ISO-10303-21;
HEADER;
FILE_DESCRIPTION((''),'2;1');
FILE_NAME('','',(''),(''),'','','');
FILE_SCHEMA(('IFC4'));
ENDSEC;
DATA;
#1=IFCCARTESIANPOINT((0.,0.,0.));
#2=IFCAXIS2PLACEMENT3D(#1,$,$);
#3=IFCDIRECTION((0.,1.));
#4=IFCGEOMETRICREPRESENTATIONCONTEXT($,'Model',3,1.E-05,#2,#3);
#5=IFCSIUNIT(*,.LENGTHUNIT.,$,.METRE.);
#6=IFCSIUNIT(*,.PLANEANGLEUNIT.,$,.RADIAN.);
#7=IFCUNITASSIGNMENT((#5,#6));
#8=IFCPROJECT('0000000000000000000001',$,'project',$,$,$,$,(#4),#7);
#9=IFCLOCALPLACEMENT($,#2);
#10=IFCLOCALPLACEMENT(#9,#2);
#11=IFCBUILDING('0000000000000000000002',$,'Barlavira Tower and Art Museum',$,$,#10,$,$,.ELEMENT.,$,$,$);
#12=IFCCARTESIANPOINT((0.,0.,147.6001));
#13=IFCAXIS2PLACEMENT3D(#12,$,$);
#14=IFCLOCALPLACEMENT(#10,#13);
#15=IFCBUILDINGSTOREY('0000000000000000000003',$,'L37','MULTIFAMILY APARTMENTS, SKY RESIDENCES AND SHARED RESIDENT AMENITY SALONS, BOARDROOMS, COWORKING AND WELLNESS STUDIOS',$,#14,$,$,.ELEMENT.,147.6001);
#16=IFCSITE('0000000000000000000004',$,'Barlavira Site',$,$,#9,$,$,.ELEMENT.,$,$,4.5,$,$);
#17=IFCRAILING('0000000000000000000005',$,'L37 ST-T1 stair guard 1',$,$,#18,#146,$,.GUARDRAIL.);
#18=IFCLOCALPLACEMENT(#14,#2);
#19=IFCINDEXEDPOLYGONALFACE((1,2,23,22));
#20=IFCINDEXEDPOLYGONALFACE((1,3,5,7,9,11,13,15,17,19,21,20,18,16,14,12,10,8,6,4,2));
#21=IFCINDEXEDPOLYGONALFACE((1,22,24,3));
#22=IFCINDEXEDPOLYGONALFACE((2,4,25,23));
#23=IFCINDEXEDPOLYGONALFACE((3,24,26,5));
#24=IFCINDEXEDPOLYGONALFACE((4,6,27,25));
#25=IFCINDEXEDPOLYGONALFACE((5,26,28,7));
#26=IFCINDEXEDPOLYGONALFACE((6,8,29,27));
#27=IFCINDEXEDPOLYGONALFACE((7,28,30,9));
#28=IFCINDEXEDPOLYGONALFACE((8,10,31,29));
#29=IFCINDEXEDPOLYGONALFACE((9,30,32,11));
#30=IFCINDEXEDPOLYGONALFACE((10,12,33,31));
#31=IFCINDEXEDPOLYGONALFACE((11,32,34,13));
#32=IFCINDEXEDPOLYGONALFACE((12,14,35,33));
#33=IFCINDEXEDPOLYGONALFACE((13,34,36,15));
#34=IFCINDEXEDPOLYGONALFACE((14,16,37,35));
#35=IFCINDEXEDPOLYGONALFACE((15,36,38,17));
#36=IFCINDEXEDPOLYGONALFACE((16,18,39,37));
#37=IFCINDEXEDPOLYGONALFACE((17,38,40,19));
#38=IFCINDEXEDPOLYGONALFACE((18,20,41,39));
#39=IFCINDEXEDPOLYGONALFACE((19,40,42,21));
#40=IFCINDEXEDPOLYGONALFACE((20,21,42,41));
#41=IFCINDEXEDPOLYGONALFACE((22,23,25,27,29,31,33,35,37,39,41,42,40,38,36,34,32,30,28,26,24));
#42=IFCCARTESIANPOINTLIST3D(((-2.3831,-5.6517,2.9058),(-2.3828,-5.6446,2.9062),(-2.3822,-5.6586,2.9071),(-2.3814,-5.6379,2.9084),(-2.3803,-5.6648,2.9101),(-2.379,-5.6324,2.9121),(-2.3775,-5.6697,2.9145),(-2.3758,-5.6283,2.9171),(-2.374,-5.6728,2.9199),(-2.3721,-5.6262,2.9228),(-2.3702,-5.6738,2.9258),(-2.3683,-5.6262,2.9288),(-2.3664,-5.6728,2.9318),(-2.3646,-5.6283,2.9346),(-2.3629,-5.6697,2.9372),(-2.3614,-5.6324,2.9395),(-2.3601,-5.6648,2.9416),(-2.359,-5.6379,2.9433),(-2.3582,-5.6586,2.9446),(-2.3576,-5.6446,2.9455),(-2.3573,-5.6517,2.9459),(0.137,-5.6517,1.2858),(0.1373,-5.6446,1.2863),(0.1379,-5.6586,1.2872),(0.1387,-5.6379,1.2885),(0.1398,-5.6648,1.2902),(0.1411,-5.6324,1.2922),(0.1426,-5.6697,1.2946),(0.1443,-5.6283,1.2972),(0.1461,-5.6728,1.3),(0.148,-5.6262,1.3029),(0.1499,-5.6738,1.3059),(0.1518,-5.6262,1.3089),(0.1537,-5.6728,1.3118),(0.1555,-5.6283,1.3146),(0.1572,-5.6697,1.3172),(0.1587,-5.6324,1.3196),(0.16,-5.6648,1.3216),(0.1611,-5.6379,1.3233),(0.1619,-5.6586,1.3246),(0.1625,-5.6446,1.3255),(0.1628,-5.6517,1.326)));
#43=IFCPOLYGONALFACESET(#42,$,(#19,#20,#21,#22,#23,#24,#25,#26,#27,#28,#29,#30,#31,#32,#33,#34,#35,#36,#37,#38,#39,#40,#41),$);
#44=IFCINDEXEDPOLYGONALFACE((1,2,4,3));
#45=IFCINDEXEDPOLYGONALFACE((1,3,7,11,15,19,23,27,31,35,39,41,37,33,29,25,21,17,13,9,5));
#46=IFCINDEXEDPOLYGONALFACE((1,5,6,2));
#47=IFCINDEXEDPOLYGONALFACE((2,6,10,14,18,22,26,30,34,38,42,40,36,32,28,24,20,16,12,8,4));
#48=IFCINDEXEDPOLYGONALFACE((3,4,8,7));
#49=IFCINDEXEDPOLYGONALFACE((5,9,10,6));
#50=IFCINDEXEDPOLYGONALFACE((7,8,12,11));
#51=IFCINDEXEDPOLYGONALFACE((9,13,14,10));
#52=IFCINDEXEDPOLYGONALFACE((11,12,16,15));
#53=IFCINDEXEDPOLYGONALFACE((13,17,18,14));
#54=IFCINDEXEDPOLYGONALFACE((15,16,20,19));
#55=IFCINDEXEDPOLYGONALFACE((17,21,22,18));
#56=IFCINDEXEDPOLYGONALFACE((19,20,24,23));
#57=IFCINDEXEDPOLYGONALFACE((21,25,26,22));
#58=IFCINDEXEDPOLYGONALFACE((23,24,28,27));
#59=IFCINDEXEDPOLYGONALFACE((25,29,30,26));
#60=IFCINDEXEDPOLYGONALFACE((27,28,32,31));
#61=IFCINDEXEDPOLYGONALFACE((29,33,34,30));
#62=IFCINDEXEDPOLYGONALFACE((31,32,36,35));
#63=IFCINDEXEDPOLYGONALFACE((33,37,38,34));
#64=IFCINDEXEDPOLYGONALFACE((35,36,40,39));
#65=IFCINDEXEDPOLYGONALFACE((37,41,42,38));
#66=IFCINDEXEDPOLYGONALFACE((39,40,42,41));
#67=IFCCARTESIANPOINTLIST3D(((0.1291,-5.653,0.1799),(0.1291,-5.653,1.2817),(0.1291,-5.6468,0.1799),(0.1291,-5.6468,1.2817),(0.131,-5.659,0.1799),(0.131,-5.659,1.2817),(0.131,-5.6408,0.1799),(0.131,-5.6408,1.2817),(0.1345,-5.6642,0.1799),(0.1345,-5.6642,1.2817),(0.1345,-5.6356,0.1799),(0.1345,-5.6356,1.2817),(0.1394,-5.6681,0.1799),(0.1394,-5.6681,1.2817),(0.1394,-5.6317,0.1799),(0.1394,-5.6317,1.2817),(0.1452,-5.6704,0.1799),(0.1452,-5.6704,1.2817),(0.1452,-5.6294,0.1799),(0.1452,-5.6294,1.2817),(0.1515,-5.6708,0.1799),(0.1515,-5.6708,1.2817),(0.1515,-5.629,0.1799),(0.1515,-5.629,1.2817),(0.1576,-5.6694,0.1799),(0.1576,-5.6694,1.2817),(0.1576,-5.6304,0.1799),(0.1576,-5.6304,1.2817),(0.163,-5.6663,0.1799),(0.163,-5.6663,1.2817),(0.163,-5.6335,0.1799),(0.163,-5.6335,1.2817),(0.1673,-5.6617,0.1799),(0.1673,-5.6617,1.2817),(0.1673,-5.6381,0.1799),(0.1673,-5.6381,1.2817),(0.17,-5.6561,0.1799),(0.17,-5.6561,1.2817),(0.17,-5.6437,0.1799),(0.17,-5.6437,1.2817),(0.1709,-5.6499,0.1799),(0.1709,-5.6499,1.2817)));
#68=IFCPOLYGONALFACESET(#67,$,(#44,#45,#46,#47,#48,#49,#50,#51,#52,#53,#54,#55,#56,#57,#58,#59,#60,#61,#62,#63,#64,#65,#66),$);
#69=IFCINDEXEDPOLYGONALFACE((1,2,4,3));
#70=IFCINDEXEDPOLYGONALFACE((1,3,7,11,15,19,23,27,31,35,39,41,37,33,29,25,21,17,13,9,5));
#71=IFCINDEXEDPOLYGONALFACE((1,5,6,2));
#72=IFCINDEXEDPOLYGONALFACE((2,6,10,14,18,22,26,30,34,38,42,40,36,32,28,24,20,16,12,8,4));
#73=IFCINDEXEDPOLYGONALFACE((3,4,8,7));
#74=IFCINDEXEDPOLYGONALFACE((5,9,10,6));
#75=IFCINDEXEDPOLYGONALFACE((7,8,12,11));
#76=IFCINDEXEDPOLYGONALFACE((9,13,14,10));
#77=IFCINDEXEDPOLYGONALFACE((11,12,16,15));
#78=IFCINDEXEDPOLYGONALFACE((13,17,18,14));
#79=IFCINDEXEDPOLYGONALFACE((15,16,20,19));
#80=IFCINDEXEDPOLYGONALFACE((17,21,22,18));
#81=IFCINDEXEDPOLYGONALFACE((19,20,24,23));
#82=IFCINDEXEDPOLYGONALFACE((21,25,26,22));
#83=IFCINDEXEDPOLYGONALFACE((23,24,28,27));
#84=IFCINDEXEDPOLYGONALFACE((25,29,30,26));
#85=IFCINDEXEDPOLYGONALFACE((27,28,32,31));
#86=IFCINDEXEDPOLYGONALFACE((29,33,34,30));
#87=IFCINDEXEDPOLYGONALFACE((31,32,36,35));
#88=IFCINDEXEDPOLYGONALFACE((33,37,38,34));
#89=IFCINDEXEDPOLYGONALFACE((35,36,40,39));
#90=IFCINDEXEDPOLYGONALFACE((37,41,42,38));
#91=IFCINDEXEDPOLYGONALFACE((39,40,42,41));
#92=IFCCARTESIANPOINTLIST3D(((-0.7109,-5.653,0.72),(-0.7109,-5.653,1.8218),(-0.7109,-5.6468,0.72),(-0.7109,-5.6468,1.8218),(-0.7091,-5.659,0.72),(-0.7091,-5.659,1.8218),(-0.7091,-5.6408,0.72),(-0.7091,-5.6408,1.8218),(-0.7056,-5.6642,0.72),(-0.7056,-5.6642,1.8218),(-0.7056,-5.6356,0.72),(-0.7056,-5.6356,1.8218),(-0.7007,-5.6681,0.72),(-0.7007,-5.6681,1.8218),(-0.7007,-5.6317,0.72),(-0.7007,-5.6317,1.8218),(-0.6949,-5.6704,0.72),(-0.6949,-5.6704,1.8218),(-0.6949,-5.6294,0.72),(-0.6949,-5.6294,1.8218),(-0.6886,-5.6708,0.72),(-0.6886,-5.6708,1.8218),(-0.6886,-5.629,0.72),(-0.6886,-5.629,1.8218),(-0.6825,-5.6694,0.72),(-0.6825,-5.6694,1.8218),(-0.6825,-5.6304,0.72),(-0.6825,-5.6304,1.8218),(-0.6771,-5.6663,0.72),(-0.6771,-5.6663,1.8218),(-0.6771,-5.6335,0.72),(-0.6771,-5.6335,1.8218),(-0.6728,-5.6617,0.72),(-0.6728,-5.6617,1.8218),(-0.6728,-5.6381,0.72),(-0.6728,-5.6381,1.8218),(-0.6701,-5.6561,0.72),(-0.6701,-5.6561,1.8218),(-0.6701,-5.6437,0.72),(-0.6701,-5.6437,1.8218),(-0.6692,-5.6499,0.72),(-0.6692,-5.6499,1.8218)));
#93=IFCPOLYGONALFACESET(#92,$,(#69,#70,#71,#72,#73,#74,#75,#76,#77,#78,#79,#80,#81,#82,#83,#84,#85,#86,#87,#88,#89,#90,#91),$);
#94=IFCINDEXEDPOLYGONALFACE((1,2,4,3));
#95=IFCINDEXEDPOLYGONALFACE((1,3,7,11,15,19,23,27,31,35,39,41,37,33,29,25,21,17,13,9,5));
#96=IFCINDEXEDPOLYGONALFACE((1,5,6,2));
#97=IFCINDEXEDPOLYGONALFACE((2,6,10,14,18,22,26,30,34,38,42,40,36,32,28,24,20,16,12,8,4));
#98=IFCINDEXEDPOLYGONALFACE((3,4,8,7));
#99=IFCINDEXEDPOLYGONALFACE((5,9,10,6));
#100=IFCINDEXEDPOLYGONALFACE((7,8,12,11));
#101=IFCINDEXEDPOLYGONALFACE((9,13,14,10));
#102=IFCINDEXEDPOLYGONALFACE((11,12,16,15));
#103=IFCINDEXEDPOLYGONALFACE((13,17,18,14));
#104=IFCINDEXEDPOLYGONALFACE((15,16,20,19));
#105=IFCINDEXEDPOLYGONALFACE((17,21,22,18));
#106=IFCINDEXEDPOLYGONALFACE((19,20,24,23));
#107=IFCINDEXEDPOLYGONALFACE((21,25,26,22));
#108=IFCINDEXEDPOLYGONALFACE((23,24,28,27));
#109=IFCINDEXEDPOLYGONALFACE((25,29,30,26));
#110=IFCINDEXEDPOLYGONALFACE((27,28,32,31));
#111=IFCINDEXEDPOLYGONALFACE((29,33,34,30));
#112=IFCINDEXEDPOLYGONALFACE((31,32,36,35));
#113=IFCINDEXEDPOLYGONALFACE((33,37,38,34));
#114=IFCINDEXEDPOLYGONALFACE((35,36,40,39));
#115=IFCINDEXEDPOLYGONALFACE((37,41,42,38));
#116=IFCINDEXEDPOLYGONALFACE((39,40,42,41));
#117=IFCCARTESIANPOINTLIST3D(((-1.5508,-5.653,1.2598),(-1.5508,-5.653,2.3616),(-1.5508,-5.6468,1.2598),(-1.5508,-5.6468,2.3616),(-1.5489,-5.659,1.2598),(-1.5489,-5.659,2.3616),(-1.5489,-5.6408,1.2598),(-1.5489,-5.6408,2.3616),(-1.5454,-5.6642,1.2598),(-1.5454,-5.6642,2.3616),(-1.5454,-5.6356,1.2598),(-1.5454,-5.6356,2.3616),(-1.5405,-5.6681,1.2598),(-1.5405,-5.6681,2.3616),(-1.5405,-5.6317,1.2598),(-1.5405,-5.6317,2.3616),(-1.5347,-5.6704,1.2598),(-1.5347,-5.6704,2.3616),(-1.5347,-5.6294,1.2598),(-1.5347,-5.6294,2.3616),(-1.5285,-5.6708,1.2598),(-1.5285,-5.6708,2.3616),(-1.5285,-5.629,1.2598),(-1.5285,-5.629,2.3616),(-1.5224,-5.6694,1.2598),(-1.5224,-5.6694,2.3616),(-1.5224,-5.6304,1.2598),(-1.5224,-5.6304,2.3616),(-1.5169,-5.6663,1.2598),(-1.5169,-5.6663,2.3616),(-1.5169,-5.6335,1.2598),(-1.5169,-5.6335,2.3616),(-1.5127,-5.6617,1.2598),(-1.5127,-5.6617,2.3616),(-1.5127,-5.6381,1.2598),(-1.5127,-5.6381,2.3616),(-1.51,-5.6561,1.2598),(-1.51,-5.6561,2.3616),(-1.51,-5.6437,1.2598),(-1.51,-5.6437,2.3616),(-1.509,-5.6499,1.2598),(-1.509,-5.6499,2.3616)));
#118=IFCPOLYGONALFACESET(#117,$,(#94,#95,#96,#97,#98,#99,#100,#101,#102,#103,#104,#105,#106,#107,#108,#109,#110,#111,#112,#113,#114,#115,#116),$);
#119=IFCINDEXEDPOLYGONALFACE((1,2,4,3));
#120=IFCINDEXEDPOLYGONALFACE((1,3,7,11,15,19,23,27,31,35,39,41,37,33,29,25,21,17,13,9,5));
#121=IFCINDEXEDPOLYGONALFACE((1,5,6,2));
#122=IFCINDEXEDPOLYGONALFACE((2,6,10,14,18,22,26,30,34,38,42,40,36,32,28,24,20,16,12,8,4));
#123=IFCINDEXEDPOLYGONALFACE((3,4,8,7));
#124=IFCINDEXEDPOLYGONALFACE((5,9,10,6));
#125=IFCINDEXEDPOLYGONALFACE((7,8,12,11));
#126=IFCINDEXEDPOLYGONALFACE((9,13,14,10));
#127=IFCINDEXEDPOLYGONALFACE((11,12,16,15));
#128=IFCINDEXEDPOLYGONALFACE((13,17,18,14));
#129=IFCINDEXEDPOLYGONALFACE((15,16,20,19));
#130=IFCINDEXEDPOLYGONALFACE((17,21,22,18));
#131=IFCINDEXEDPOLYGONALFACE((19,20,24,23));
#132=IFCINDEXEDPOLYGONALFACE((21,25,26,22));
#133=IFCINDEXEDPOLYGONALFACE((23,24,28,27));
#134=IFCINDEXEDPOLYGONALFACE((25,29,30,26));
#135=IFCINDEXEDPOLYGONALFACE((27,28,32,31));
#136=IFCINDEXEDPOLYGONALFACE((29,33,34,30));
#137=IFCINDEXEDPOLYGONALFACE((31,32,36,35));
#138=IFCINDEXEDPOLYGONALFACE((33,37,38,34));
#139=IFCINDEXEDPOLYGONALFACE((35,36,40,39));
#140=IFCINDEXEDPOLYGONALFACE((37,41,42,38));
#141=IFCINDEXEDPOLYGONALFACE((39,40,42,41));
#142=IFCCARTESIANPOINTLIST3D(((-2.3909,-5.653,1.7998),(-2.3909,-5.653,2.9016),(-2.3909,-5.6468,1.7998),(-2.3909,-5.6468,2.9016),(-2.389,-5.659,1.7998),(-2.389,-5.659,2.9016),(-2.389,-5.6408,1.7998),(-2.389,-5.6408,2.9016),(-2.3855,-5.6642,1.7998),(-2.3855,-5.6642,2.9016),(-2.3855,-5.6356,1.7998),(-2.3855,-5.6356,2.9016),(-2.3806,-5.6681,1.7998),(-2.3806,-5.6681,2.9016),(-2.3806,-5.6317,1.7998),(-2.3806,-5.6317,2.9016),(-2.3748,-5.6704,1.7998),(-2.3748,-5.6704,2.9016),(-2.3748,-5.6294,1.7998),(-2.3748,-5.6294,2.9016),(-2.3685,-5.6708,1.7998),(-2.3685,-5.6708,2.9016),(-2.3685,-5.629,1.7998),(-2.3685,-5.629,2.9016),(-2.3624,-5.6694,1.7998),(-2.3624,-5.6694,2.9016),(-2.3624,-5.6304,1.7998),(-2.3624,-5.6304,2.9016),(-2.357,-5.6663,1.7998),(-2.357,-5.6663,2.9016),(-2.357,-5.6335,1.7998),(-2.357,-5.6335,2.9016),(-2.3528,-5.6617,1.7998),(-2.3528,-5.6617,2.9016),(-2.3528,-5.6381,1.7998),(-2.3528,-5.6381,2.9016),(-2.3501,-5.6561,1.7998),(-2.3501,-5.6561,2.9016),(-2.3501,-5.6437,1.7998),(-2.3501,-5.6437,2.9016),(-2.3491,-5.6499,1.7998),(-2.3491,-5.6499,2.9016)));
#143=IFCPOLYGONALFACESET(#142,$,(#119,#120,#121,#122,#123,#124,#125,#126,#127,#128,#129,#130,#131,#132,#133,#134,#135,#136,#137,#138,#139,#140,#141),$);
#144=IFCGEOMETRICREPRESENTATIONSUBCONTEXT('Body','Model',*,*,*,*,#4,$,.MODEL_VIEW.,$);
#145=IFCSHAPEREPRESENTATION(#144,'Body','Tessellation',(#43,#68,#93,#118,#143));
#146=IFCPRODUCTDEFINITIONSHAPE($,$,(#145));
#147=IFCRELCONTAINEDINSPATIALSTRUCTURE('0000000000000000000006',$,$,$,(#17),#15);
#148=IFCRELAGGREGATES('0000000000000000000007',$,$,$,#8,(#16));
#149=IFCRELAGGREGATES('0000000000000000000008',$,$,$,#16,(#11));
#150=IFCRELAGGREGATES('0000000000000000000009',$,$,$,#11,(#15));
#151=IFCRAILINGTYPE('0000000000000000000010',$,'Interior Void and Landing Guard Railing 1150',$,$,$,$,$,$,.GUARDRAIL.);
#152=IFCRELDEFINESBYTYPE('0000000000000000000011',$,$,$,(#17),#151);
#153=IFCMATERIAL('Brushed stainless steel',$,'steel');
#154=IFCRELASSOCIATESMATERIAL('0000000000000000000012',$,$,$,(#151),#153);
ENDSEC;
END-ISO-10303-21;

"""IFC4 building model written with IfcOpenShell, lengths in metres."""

from ifc_helpers import new_model, si_unit, direction, frame, origin, origin_2d, place, context, subcontext, project, spatial, circle, extrude, material, type_object, element, save


model = new_model("IFC4")

# Units and contexts
model_context = context("Model", 3, precision=1e-05, world=origin(), true_north=direction((0.0, 1.0)))
body_context = subcontext(model_context, "Body", "Model", "MODEL_VIEW")
ifc_project = project(units=[si_unit("LENGTHUNIT", "METRE"), si_unit("PLANEANGLEUNIT", "RADIAN")], contexts=[model_context])

# Site, building, storey
site_placement = place(None, origin())
site = spatial("IfcSite", under=ifc_project, at=site_placement, Name="Barlavira Site", CompositionType="ELEMENT", RefElevation=4.5)
building_placement = place(site_placement, origin())
building = spatial("IfcBuilding", under=site, at=building_placement, Name="Barlavira Tower and Art Museum", CompositionType="ELEMENT")
storey_placement = place(building_placement, frame((0.0, 0.0, 147.6001)))
storey = spatial("IfcBuildingStorey", under=building, at=storey_placement, Name="L37", Description="MULTIFAMILY APARTMENTS, SKY RESIDENCES AND SHARED RESIDENT AMENITY SALONS, BOARDROOMS, COWORKING AND WELLNESS STUDIOS", CompositionType="ELEMENT", Elevation=147.6001)

# Shared definitions
ifc_material_1 = material(Name="Brushed stainless steel", Category="steel")

# Railing
railing_type_1 = type_object("IfcRailingType", Name="Interior Void and Landing Guard Railing 1150", PredefinedType="GUARDRAIL", material=ifc_material_1)
railing_1_placement = place(storey_placement, frame((0.1499, -5.6499, 0.1799)))
element("IfcRailing", 1, at=railing_1_placement, inside=storey, type_object=railing_type_1, Name="L37 ST-T1 stair guard 1", PredefinedType="GUARDRAIL", context=body_context, shape_type="SweptSolid", body=[
    extrude(circle(Radius=0.0239, at=origin_2d()), frame((0.0, 0.0, 1.126), z_axis=(-0.8412, 0.0, 0.540725), x_axis=(0.0, -1.0, 0.0)), (0.0, 0.0, 1.0), 2.9958),
    extrude(circle(Radius=0.021, at=origin_2d()), origin(), (0.0, 0.0, 1.0), 1.1018),
    extrude(circle(Radius=0.021, at=origin_2d()), frame((-0.8401, 0.0, 0.54)), (0.0, 0.0, 1.0), 1.1018),
    extrude(circle(Radius=0.021, at=origin_2d()), frame((-1.6799, 0.0, 1.0798)), (0.0, 0.0, 1.0), 1.1018),
    extrude(circle(Radius=0.021, at=origin_2d()), frame((-2.52, 0.0, 1.6199)), (0.0, 0.0, 1.0), 1.1018),
])

save(model, "model.ifc")
